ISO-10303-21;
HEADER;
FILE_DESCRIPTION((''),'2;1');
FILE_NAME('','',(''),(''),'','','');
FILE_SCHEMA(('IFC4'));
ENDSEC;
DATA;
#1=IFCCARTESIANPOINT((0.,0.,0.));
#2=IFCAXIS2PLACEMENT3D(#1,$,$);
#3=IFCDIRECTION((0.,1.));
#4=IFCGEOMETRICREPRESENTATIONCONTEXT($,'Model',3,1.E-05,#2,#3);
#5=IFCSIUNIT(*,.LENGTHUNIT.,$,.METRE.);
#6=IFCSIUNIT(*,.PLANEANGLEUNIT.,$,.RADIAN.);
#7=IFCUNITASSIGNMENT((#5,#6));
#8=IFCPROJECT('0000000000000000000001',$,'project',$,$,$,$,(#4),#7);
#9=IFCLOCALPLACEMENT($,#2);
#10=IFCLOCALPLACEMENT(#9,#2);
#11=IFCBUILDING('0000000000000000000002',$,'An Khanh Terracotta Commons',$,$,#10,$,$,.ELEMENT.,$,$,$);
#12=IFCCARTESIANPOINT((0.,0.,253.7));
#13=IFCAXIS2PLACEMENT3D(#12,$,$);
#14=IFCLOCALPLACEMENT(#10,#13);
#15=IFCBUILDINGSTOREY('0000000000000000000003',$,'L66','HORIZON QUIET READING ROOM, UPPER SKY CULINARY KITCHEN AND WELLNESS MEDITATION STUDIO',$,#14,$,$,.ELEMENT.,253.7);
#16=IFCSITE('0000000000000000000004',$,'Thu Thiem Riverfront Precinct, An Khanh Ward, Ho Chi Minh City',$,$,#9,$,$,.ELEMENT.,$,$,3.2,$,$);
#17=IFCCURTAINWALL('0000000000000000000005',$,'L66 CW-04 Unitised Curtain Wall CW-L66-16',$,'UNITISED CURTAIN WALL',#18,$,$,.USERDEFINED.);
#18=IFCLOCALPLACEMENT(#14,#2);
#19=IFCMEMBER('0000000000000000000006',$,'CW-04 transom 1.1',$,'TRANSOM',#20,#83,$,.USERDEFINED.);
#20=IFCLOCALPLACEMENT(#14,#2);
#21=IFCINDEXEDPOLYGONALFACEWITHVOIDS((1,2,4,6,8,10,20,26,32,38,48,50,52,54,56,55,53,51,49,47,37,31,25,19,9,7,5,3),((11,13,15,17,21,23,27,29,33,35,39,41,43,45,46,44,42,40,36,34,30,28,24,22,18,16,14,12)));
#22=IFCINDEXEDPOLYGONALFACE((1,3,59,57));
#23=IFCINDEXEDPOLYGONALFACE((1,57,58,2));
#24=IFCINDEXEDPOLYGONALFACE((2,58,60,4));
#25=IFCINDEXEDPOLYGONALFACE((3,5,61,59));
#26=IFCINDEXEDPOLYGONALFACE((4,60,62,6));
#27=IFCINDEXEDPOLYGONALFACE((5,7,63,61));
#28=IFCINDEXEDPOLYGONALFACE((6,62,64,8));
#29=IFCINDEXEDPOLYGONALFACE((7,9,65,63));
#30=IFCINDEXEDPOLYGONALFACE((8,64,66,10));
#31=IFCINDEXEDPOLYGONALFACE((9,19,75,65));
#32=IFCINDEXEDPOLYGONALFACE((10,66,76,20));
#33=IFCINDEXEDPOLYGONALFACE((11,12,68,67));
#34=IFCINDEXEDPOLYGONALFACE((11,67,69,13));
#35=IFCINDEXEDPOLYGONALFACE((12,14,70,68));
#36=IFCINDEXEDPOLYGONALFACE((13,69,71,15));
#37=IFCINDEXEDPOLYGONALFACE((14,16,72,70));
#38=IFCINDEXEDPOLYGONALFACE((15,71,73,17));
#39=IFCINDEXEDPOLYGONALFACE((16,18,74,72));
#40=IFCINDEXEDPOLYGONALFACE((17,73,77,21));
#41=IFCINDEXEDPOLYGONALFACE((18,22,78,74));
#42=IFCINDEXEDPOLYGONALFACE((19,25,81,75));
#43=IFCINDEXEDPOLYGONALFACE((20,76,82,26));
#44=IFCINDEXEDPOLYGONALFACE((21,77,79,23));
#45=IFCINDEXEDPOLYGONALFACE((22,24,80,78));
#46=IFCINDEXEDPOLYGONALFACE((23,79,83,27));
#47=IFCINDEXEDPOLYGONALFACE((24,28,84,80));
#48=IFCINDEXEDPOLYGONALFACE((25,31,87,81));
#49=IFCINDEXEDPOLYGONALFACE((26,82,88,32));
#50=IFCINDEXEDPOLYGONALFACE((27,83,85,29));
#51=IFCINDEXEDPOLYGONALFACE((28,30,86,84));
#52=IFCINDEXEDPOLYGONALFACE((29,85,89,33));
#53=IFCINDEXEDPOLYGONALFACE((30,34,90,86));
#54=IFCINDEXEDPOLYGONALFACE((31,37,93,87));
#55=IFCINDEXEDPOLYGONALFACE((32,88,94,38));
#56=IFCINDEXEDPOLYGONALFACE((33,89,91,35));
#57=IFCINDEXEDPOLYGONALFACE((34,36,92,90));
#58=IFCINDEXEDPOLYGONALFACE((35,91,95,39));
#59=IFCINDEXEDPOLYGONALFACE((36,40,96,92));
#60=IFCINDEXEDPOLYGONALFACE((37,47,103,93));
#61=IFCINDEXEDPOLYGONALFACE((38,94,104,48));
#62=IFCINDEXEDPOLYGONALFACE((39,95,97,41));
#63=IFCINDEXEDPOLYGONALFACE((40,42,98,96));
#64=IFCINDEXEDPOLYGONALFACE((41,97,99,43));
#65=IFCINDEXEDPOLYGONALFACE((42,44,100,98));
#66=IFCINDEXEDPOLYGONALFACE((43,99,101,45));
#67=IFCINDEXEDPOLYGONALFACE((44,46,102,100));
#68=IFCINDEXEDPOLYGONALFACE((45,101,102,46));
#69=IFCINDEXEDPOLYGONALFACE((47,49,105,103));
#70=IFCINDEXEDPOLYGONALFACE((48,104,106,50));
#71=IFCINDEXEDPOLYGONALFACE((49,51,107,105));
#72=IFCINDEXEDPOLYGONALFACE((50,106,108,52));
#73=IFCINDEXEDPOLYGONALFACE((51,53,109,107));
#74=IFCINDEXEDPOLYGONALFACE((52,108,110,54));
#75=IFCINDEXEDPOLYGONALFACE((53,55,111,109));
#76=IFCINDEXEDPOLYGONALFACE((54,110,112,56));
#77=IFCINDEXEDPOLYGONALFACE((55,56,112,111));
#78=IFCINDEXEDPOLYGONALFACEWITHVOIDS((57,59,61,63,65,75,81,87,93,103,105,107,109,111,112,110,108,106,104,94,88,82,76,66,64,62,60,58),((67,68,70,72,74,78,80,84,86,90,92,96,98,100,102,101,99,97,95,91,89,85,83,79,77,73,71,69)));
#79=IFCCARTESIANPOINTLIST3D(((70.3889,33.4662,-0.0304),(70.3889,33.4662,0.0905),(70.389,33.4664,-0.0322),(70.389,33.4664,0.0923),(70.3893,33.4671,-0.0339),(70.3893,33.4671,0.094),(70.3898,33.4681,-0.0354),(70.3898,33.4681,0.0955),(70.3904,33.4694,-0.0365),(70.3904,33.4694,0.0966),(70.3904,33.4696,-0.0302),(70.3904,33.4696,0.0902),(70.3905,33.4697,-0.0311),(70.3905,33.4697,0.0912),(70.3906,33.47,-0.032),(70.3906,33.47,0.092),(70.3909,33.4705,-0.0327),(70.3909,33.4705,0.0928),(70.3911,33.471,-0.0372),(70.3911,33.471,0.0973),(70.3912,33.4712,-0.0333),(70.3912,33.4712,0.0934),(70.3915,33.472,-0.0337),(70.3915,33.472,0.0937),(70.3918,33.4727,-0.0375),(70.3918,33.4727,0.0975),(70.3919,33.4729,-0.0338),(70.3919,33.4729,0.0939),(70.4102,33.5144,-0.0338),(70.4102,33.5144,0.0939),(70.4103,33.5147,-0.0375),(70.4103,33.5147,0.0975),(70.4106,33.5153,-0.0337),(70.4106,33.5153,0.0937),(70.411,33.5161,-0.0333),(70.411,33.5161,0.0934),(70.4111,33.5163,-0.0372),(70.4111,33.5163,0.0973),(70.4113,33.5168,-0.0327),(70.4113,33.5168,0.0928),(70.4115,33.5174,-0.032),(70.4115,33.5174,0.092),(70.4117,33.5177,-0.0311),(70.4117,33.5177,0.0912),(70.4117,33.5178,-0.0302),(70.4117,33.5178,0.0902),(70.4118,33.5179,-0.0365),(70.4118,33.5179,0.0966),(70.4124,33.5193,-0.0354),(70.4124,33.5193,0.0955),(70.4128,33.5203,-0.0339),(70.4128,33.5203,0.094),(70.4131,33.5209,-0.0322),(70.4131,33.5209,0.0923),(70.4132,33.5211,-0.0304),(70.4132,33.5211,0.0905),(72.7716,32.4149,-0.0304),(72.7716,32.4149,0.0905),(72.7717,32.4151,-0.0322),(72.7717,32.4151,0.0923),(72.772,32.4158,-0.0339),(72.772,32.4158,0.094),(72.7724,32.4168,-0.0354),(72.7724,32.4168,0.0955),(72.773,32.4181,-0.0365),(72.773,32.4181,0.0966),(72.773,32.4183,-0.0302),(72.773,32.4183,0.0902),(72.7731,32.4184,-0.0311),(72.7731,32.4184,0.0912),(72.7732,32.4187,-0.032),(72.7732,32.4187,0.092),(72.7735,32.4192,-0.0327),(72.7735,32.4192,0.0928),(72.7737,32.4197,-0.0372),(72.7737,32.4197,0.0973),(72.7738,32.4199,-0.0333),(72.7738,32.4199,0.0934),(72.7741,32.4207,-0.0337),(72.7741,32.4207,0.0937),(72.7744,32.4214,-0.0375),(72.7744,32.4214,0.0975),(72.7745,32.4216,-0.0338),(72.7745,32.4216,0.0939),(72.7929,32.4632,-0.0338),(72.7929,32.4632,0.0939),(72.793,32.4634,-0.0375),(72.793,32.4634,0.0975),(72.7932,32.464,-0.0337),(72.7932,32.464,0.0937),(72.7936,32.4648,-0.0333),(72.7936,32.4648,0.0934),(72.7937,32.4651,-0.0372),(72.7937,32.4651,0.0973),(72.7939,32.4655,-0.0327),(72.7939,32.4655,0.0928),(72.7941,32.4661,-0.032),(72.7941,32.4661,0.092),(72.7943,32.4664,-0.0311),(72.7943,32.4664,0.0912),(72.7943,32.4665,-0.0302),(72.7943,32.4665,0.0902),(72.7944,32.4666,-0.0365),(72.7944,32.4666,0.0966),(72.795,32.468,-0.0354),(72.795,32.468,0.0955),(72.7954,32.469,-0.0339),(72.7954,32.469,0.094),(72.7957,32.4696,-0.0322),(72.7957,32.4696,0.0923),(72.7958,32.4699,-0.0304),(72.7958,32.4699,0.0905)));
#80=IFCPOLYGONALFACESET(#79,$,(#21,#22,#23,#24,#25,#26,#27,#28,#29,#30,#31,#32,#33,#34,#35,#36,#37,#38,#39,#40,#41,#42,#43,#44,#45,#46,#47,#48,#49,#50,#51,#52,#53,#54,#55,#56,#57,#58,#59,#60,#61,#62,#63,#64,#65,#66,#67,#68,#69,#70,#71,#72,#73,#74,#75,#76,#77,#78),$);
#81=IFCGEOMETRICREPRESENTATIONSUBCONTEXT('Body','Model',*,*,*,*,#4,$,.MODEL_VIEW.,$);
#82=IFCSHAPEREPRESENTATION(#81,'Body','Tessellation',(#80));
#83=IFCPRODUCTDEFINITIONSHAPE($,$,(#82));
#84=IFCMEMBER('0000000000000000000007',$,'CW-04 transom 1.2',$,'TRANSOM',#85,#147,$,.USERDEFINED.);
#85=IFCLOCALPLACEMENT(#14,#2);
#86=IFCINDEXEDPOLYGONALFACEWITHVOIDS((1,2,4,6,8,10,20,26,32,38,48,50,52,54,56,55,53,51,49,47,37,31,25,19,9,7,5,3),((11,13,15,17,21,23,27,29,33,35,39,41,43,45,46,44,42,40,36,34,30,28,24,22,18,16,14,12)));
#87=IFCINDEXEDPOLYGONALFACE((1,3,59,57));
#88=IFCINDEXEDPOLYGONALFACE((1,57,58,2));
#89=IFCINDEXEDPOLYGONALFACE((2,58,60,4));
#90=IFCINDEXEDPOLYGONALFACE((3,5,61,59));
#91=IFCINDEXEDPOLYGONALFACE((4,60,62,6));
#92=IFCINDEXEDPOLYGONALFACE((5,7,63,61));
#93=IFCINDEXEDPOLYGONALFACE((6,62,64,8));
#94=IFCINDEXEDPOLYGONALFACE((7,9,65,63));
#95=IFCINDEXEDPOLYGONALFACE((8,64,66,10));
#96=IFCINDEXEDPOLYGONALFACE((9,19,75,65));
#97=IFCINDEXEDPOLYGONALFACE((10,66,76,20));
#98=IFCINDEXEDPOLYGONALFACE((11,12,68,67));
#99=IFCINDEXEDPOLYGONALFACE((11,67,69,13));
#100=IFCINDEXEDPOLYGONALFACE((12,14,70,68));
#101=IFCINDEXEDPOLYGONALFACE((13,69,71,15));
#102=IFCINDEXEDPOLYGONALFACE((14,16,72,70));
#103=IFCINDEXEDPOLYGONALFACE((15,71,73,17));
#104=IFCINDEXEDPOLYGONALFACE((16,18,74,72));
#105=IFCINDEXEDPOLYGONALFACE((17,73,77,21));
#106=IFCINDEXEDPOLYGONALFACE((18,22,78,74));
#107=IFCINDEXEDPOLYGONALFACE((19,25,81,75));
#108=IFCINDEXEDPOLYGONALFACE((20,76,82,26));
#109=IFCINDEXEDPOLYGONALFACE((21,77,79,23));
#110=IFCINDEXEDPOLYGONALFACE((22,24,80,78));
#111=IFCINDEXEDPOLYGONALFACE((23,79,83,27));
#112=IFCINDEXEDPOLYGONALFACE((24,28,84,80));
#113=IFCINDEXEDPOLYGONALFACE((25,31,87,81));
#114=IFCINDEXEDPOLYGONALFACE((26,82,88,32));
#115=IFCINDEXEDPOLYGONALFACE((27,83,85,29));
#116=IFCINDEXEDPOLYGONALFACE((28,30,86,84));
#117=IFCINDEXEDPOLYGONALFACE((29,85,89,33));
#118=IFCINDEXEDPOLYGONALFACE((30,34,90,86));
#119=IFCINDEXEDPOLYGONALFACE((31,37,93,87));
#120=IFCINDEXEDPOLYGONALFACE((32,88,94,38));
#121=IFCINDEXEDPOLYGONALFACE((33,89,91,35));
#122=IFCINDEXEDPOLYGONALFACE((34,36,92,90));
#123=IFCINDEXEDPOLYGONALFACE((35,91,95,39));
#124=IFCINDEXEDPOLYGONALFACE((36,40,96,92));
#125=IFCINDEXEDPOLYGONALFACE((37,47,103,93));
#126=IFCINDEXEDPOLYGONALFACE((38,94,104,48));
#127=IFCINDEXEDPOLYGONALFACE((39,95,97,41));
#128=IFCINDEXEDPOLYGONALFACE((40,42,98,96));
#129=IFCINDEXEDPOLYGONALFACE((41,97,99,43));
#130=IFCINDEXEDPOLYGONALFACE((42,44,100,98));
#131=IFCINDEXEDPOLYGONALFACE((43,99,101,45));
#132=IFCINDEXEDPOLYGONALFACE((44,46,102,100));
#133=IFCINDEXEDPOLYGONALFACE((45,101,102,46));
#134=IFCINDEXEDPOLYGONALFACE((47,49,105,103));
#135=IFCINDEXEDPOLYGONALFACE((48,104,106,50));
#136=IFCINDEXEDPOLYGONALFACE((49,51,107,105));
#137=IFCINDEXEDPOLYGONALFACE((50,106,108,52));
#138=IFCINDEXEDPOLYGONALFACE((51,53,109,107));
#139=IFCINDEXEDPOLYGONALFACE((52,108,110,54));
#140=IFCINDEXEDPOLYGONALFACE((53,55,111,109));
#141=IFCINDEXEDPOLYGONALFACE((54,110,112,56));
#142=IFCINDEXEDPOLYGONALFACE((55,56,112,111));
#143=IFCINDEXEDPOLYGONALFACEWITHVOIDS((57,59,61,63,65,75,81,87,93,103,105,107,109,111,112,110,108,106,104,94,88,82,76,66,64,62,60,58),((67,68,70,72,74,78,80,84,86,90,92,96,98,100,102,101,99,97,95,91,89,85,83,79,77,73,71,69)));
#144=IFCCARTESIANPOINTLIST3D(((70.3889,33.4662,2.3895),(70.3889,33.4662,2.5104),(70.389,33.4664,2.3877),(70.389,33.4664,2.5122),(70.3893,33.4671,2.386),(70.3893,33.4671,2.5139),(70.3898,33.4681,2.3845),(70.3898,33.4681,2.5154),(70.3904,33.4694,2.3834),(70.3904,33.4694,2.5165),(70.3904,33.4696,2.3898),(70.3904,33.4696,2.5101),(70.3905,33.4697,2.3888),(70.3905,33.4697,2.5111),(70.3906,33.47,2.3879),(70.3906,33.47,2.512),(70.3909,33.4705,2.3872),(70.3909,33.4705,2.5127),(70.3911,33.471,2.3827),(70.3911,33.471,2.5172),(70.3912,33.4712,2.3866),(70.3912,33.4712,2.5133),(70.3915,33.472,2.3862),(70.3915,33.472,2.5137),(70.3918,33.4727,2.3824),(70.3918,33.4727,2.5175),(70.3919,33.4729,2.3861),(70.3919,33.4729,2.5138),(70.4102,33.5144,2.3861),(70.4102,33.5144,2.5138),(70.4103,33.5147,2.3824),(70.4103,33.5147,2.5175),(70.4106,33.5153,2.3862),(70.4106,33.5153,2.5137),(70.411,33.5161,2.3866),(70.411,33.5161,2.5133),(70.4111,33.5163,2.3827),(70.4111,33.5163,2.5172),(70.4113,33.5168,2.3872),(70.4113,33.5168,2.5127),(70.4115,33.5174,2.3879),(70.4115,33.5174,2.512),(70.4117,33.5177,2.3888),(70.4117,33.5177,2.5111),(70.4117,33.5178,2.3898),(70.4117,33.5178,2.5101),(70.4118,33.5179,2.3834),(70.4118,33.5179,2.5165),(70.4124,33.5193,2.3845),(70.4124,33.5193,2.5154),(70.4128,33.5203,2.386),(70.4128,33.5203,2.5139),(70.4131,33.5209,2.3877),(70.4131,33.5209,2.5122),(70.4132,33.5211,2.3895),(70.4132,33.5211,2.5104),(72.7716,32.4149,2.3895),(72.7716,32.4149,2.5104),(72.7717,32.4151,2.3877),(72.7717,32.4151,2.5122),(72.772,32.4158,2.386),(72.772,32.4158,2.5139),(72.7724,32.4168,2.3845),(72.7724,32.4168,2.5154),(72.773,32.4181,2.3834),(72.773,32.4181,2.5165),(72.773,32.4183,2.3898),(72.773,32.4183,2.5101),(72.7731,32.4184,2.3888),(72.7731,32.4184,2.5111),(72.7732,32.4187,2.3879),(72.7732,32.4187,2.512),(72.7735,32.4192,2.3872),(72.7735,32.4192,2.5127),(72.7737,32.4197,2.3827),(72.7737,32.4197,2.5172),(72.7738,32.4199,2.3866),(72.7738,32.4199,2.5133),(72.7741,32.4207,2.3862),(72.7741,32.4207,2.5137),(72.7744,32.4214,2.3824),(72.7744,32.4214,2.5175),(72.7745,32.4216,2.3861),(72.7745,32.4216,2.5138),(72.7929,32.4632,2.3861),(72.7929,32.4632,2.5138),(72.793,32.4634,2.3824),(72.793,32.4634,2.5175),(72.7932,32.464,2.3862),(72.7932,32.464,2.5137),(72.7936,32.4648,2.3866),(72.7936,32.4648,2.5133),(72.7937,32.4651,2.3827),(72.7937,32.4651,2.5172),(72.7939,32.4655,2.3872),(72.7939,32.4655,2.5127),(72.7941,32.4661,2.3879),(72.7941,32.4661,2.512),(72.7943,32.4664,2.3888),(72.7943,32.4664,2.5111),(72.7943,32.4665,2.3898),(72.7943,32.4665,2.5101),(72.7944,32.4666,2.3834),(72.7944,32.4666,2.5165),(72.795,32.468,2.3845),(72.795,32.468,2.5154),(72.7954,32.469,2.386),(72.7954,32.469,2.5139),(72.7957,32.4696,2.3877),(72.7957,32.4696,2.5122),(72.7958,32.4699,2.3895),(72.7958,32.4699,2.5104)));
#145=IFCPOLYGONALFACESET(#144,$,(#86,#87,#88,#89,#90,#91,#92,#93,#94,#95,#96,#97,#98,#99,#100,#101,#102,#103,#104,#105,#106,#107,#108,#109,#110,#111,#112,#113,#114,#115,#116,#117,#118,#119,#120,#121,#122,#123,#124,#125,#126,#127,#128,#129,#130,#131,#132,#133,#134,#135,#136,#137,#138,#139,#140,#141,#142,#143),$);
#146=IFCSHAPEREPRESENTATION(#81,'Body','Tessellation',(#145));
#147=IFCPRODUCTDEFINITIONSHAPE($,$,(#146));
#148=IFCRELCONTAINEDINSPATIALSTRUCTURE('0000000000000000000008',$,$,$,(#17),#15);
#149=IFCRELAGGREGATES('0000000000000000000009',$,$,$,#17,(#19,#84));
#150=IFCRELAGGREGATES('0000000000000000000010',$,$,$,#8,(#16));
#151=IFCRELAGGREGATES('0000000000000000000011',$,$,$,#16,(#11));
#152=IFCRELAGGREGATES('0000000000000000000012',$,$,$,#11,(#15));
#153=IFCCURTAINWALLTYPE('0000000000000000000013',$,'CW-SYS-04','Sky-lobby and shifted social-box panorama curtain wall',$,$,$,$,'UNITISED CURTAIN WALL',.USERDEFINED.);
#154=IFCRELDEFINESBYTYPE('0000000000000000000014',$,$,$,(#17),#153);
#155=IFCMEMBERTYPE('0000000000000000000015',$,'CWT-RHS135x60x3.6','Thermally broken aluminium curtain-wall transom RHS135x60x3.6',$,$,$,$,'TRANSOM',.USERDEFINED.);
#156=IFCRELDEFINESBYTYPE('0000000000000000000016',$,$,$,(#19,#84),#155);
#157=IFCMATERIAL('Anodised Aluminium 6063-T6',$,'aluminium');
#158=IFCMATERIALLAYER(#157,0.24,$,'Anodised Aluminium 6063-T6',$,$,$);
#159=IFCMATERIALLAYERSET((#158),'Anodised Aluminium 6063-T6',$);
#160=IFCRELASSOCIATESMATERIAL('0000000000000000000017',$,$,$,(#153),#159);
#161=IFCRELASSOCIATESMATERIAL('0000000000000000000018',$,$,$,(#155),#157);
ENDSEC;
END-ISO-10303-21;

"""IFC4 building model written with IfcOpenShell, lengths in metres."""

from ifc_helpers import new_model, si_unit, direction, frame, origin, origin_2d, place, context, subcontext, project, spatial, hollow_rectangle, extrude, material, layer, layer_set, material_profile, profile_set, type_object, element, aggregate, save


model = new_model("IFC4")

# Units and contexts
model_context = context("Model", 3, precision=1e-05, world=origin(), true_north=direction((0.0, 1.0)))
body_context = subcontext(model_context, "Body", "Model", "MODEL_VIEW")
ifc_project = project(units=[si_unit("LENGTHUNIT", "METRE"), si_unit("PLANEANGLEUNIT", "RADIAN")], contexts=[model_context])

# Site, building, storey
site_placement = place(None, origin())
site = spatial("IfcSite", under=ifc_project, at=site_placement, Name="Thu Thiem Riverfront Precinct, An Khanh Ward, Ho Chi Minh City", CompositionType="ELEMENT", RefElevation=3.2)
building_placement = place(site_placement, origin())
building = spatial("IfcBuilding", under=site, at=building_placement, Name="An Khanh Terracotta Commons", CompositionType="ELEMENT")
storey_placement = place(building_placement, frame((0.0, 0.0, 253.7)))
storey = spatial("IfcBuildingStorey", under=building, at=storey_placement, Name="L66", Description="HORIZON QUIET READING ROOM, UPPER SKY CULINARY KITCHEN AND WELLNESS MEDITATION STUDIO", CompositionType="ELEMENT", Elevation=253.7)

# Curtain wall
ifc_material_1 = material(Name="Anodised Aluminium 6063-T6", Category="aluminium")
ifc_layer_1 = layer(ifc_material_1, 0.24, Name="Anodised Aluminium 6063-T6")
ifc_layer_set_1 = layer_set([ifc_layer_1], Name="Anodised Aluminium 6063-T6")
curtain_wall_type = type_object("IfcCurtainWallType", Name="CW-SYS-04", Description="Sky-lobby and shifted social-box panorama curtain wall", ElementType="UNITISED CURTAIN WALL", PredefinedType="USERDEFINED", material=ifc_layer_set_1)
curtain_wall_1_placement = place(storey_placement, origin())
curtain_wall_1 = element("IfcCurtainWall", 1, at=curtain_wall_1_placement, inside=storey, type_object=curtain_wall_type, Name="L66 CW-04 Unitised Curtain Wall CW-L66-16", ObjectType="UNITISED CURTAIN WALL", PredefinedType="USERDEFINED")

# Members
ifc_material_profile_1 = material_profile(ifc_material_1, hollow_rectangle(XDim=0.0601, YDim=0.135, WallThickness=0.0037, InnerFilletRadius=0.0037, OuterFilletRadius=0.0071, at=origin_2d()), Name="RHS135x60x3.6")
ifc_profile_set_1 = profile_set([ifc_material_profile_1], Name="Anodised Aluminium 6063-T6")
member_type_1 = type_object("IfcMemberType", Name="CWT-RHS135x60x3.6", Description="Thermally broken aluminium curtain-wall transom RHS135x60x3.6", ElementType="TRANSOM", PredefinedType="USERDEFINED", material=ifc_profile_set_1)
member_1_placement = place(storey_placement, frame((72.7837, 32.4424, 0.03), z_axis=(-0.914898, 0.403684, 0.0), x_axis=(-0.403684, -0.914898, 0.0)))
member_1 = element("IfcMember", 2, at=member_1_placement, type_object=member_type_1, Name="CW-04 transom 1.1", ObjectType="TRANSOM", PredefinedType="USERDEFINED", context=body_context, shape_type="SweptSolid", body=[
    extrude(hollow_rectangle(XDim=0.0601, YDim=0.135, WallThickness=0.0037, InnerFilletRadius=0.0037, OuterFilletRadius=0.0071, at=origin_2d()), origin(), (0.0, 0.0, 1.0), 2.6042),
])
member_2_placement = place(storey_placement, frame((72.7837, 32.4424, 2.45), z_axis=(-0.914898, 0.403684, 0.0), x_axis=(-0.403684, -0.914898, 0.0)))
member_2 = element("IfcMember", 3, at=member_2_placement, type_object=member_type_1, Name="CW-04 transom 1.2", ObjectType="TRANSOM", PredefinedType="USERDEFINED", context=body_context, shape_type="SweptSolid", body=[
    extrude(hollow_rectangle(XDim=0.0601, YDim=0.135, WallThickness=0.0037, InnerFilletRadius=0.0037, OuterFilletRadius=0.0071, at=origin_2d()), origin(), (0.0, 0.0, 1.0), 2.6042),
])

aggregate(curtain_wall_1, [member_1, member_2])

save(model, "model.ifc")
